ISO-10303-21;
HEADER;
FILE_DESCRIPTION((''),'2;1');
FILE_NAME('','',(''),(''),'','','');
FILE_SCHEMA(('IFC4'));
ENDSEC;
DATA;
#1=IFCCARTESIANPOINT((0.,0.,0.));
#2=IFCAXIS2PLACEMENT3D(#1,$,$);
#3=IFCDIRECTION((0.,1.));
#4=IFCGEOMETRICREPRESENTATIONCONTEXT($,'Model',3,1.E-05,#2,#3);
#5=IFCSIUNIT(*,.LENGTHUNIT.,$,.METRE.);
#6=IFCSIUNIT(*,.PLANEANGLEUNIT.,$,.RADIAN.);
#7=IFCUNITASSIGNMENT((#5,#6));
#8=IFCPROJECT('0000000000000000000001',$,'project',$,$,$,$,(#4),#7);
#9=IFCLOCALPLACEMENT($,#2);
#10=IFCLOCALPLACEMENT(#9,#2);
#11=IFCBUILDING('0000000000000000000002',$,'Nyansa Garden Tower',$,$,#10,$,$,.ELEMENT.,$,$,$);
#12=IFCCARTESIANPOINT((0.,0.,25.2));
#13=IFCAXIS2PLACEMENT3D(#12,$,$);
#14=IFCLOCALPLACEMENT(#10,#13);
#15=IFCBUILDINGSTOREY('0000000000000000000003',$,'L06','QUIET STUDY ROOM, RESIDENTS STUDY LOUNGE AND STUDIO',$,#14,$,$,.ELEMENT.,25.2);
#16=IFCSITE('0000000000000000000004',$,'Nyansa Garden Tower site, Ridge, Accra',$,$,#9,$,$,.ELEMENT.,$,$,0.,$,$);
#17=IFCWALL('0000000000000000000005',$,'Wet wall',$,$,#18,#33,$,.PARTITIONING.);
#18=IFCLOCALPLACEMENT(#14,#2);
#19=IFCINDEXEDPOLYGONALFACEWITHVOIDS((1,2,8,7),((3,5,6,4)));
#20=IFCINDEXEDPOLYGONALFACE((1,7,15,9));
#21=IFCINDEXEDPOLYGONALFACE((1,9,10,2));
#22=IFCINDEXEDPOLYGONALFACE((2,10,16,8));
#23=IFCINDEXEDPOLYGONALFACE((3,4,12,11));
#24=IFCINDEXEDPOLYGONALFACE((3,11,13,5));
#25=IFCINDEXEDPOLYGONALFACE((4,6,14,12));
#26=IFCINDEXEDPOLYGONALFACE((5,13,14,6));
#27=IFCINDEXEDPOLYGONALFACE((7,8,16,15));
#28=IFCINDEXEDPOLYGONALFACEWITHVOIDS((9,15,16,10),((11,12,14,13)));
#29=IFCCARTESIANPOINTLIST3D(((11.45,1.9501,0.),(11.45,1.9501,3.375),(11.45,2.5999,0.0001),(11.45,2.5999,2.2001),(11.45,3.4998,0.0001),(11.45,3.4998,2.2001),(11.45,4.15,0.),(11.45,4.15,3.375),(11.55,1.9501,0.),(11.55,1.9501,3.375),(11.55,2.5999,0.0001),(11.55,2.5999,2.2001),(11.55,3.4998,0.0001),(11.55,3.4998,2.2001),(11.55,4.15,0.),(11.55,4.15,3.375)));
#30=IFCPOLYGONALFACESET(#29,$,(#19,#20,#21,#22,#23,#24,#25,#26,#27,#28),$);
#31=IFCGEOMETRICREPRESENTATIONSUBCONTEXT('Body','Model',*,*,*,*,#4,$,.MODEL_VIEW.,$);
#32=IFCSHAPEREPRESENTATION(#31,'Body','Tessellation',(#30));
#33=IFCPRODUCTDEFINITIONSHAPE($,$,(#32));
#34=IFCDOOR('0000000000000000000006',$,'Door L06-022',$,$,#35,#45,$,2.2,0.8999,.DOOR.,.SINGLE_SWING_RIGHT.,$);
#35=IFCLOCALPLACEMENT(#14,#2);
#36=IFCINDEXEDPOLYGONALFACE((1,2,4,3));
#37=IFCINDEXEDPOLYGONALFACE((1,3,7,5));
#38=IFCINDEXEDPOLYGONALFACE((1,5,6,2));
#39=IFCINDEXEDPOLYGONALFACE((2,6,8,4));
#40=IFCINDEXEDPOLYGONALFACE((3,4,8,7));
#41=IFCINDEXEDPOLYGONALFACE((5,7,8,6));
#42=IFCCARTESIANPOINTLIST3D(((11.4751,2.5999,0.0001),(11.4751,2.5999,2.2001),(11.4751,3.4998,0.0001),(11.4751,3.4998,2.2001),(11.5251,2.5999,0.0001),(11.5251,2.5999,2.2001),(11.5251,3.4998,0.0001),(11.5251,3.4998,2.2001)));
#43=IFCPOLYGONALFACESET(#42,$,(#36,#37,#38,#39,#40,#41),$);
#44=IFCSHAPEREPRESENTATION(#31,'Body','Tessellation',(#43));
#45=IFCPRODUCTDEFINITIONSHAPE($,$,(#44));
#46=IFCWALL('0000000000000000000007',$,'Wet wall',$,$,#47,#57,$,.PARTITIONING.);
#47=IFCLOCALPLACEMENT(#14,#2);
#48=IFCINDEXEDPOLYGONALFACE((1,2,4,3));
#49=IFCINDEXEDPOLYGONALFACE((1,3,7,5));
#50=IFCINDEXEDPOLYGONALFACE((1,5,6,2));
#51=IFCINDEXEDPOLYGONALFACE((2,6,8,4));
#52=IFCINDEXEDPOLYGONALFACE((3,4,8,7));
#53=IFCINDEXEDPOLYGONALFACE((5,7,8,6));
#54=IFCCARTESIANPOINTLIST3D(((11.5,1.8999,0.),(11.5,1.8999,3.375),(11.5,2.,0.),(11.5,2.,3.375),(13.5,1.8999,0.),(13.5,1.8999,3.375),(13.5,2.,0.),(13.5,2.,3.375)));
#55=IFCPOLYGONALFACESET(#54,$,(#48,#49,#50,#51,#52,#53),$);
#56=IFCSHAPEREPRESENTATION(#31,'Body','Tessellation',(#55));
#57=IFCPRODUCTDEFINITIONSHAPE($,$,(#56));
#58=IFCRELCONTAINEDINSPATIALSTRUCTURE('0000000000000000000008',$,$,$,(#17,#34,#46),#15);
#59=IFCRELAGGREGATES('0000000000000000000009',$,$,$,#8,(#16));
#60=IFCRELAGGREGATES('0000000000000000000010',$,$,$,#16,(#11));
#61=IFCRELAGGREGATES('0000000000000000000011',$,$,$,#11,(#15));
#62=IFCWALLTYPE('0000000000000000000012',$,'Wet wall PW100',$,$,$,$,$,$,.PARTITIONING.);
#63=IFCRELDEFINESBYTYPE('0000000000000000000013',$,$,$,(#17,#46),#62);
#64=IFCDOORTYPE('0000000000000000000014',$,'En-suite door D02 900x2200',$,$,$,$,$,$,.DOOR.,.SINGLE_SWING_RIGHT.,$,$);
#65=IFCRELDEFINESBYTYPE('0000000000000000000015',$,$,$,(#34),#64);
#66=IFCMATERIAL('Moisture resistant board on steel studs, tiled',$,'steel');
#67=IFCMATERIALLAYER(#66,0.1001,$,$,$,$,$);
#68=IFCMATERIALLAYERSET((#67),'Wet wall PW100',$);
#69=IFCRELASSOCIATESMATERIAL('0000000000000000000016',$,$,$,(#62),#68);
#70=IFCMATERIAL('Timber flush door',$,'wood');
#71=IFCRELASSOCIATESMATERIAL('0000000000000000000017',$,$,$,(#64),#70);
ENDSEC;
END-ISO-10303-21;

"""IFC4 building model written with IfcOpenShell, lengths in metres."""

from ifc_helpers import new_model, si_unit, direction, frame, frame_2d, origin, place, context, subcontext, project, spatial, rectangle, extrude, material, layer, layer_set, type_object, element, fill, save


model = new_model("IFC4")

# Units and contexts
model_context = context("Model", 3, precision=1e-05, world=origin(), true_north=direction((0.0, 1.0)))
body_context = subcontext(model_context, "Body", "Model", "MODEL_VIEW")
ifc_project = project(units=[si_unit("LENGTHUNIT", "METRE"), si_unit("PLANEANGLEUNIT", "RADIAN")], contexts=[model_context])

# Site, building, storey
site_placement = place(None, origin())
site = spatial("IfcSite", under=ifc_project, at=site_placement, Name="Nyansa Garden Tower site, Ridge, Accra", CompositionType="ELEMENT", RefElevation=0.0)
building_placement = place(site_placement, origin())
building = spatial("IfcBuilding", under=site, at=building_placement, Name="Nyansa Garden Tower", CompositionType="ELEMENT")
storey_placement = place(building_placement, frame((0.0, 0.0, 25.2)))
storey = spatial("IfcBuildingStorey", under=building, at=storey_placement, Name="L06", Description="QUIET STUDY ROOM, RESIDENTS STUDY LOUNGE AND STUDIO", CompositionType="ELEMENT", Elevation=25.2)

# Shared definitions
ifc_material_1 = material(Name="Moisture resistant board on steel studs, tiled", Category="steel")
ifc_layer_1 = layer(ifc_material_1, 0.1001)
ifc_layer_set_1 = layer_set([ifc_layer_1], Name="Wet wall PW100")
wall_type_1 = type_object("IfcWallType", Name="Wet wall PW100", PredefinedType="PARTITIONING", material=ifc_layer_set_1)
ifc_material_2 = material(Name="Timber flush door", Category="wood")
door_type_1 = type_object("IfcDoorType", Name="En-suite door D02 900x2200", OperationType="SINGLE_SWING_RIGHT", PredefinedType="DOOR", material=ifc_material_2)

# Wall, opening, door
wall_1_placement = place(storey_placement, frame((11.5, 1.95, 0.0), z_axis=(0.0, 0.0, 1.0), x_axis=(0.0, 1.0, 0.0)))
wall_1 = element("IfcWall", 1, at=wall_1_placement, inside=storey, type_object=wall_type_1, Name="Wet wall", PredefinedType="PARTITIONING", context=body_context, shape_type="SweptSolid", body=[
    extrude(rectangle(XDim=2.2, YDim=0.1001, at=frame_2d((1.1001, 0.0))), origin(), (0.0, 0.0, 1.0), 3.375),
])
opening_1_placement = place(wall_1_placement, frame((0.6499, 0.0, 0.0)))
opening_1 = element("IfcOpeningElement", 2, at=opening_1_placement, cuts=wall_1, PredefinedType="OPENING", context=body_context, shape_type="SweptSolid", body=[
    extrude(rectangle(XDim=0.8999, YDim=2.2, at=frame_2d((0.45, 1.1001))), frame((0.0, 0.0601, 0.0), z_axis=(0.0, -1.0, 0.0), x_axis=(1.0, 0.0, 0.0)), (0.0, 0.0, 1.0), 0.1201),
])
door_1_placement = place(opening_1_placement, origin())
door_1 = element("IfcDoor", 3, at=door_1_placement, inside=storey, type_object=door_type_1, Name="Door L06-022", OperationType="SINGLE_SWING_RIGHT", OverallHeight=2.2, OverallWidth=0.8999, PredefinedType="DOOR", context=body_context, shape_type="SweptSolid", body=[
    extrude(rectangle(XDim=0.8999, YDim=2.2, at=frame_2d((0.45, 1.1001))), frame((0.0, 0.0249, 0.0), z_axis=(0.0, -1.0, 0.0), x_axis=(1.0, 0.0, 0.0)), (0.0, 0.0, 1.0), 0.05),
])
fill(opening_1, door_1)

# Wall
wall_2_placement = place(storey_placement, frame((11.5, 1.95, 0.0), z_axis=(0.0, 0.0, 1.0), x_axis=(1.0, 0.0, 0.0)))
element("IfcWall", 4, at=wall_2_placement, inside=storey, type_object=wall_type_1, Name="Wet wall", PredefinedType="PARTITIONING", context=body_context, shape_type="SweptSolid", body=[
    extrude(rectangle(XDim=2.0, YDim=0.1001, at=frame_2d((1.0, 0.0))), origin(), (0.0, 0.0, 1.0), 3.375),
])

save(model, "model.ifc")
